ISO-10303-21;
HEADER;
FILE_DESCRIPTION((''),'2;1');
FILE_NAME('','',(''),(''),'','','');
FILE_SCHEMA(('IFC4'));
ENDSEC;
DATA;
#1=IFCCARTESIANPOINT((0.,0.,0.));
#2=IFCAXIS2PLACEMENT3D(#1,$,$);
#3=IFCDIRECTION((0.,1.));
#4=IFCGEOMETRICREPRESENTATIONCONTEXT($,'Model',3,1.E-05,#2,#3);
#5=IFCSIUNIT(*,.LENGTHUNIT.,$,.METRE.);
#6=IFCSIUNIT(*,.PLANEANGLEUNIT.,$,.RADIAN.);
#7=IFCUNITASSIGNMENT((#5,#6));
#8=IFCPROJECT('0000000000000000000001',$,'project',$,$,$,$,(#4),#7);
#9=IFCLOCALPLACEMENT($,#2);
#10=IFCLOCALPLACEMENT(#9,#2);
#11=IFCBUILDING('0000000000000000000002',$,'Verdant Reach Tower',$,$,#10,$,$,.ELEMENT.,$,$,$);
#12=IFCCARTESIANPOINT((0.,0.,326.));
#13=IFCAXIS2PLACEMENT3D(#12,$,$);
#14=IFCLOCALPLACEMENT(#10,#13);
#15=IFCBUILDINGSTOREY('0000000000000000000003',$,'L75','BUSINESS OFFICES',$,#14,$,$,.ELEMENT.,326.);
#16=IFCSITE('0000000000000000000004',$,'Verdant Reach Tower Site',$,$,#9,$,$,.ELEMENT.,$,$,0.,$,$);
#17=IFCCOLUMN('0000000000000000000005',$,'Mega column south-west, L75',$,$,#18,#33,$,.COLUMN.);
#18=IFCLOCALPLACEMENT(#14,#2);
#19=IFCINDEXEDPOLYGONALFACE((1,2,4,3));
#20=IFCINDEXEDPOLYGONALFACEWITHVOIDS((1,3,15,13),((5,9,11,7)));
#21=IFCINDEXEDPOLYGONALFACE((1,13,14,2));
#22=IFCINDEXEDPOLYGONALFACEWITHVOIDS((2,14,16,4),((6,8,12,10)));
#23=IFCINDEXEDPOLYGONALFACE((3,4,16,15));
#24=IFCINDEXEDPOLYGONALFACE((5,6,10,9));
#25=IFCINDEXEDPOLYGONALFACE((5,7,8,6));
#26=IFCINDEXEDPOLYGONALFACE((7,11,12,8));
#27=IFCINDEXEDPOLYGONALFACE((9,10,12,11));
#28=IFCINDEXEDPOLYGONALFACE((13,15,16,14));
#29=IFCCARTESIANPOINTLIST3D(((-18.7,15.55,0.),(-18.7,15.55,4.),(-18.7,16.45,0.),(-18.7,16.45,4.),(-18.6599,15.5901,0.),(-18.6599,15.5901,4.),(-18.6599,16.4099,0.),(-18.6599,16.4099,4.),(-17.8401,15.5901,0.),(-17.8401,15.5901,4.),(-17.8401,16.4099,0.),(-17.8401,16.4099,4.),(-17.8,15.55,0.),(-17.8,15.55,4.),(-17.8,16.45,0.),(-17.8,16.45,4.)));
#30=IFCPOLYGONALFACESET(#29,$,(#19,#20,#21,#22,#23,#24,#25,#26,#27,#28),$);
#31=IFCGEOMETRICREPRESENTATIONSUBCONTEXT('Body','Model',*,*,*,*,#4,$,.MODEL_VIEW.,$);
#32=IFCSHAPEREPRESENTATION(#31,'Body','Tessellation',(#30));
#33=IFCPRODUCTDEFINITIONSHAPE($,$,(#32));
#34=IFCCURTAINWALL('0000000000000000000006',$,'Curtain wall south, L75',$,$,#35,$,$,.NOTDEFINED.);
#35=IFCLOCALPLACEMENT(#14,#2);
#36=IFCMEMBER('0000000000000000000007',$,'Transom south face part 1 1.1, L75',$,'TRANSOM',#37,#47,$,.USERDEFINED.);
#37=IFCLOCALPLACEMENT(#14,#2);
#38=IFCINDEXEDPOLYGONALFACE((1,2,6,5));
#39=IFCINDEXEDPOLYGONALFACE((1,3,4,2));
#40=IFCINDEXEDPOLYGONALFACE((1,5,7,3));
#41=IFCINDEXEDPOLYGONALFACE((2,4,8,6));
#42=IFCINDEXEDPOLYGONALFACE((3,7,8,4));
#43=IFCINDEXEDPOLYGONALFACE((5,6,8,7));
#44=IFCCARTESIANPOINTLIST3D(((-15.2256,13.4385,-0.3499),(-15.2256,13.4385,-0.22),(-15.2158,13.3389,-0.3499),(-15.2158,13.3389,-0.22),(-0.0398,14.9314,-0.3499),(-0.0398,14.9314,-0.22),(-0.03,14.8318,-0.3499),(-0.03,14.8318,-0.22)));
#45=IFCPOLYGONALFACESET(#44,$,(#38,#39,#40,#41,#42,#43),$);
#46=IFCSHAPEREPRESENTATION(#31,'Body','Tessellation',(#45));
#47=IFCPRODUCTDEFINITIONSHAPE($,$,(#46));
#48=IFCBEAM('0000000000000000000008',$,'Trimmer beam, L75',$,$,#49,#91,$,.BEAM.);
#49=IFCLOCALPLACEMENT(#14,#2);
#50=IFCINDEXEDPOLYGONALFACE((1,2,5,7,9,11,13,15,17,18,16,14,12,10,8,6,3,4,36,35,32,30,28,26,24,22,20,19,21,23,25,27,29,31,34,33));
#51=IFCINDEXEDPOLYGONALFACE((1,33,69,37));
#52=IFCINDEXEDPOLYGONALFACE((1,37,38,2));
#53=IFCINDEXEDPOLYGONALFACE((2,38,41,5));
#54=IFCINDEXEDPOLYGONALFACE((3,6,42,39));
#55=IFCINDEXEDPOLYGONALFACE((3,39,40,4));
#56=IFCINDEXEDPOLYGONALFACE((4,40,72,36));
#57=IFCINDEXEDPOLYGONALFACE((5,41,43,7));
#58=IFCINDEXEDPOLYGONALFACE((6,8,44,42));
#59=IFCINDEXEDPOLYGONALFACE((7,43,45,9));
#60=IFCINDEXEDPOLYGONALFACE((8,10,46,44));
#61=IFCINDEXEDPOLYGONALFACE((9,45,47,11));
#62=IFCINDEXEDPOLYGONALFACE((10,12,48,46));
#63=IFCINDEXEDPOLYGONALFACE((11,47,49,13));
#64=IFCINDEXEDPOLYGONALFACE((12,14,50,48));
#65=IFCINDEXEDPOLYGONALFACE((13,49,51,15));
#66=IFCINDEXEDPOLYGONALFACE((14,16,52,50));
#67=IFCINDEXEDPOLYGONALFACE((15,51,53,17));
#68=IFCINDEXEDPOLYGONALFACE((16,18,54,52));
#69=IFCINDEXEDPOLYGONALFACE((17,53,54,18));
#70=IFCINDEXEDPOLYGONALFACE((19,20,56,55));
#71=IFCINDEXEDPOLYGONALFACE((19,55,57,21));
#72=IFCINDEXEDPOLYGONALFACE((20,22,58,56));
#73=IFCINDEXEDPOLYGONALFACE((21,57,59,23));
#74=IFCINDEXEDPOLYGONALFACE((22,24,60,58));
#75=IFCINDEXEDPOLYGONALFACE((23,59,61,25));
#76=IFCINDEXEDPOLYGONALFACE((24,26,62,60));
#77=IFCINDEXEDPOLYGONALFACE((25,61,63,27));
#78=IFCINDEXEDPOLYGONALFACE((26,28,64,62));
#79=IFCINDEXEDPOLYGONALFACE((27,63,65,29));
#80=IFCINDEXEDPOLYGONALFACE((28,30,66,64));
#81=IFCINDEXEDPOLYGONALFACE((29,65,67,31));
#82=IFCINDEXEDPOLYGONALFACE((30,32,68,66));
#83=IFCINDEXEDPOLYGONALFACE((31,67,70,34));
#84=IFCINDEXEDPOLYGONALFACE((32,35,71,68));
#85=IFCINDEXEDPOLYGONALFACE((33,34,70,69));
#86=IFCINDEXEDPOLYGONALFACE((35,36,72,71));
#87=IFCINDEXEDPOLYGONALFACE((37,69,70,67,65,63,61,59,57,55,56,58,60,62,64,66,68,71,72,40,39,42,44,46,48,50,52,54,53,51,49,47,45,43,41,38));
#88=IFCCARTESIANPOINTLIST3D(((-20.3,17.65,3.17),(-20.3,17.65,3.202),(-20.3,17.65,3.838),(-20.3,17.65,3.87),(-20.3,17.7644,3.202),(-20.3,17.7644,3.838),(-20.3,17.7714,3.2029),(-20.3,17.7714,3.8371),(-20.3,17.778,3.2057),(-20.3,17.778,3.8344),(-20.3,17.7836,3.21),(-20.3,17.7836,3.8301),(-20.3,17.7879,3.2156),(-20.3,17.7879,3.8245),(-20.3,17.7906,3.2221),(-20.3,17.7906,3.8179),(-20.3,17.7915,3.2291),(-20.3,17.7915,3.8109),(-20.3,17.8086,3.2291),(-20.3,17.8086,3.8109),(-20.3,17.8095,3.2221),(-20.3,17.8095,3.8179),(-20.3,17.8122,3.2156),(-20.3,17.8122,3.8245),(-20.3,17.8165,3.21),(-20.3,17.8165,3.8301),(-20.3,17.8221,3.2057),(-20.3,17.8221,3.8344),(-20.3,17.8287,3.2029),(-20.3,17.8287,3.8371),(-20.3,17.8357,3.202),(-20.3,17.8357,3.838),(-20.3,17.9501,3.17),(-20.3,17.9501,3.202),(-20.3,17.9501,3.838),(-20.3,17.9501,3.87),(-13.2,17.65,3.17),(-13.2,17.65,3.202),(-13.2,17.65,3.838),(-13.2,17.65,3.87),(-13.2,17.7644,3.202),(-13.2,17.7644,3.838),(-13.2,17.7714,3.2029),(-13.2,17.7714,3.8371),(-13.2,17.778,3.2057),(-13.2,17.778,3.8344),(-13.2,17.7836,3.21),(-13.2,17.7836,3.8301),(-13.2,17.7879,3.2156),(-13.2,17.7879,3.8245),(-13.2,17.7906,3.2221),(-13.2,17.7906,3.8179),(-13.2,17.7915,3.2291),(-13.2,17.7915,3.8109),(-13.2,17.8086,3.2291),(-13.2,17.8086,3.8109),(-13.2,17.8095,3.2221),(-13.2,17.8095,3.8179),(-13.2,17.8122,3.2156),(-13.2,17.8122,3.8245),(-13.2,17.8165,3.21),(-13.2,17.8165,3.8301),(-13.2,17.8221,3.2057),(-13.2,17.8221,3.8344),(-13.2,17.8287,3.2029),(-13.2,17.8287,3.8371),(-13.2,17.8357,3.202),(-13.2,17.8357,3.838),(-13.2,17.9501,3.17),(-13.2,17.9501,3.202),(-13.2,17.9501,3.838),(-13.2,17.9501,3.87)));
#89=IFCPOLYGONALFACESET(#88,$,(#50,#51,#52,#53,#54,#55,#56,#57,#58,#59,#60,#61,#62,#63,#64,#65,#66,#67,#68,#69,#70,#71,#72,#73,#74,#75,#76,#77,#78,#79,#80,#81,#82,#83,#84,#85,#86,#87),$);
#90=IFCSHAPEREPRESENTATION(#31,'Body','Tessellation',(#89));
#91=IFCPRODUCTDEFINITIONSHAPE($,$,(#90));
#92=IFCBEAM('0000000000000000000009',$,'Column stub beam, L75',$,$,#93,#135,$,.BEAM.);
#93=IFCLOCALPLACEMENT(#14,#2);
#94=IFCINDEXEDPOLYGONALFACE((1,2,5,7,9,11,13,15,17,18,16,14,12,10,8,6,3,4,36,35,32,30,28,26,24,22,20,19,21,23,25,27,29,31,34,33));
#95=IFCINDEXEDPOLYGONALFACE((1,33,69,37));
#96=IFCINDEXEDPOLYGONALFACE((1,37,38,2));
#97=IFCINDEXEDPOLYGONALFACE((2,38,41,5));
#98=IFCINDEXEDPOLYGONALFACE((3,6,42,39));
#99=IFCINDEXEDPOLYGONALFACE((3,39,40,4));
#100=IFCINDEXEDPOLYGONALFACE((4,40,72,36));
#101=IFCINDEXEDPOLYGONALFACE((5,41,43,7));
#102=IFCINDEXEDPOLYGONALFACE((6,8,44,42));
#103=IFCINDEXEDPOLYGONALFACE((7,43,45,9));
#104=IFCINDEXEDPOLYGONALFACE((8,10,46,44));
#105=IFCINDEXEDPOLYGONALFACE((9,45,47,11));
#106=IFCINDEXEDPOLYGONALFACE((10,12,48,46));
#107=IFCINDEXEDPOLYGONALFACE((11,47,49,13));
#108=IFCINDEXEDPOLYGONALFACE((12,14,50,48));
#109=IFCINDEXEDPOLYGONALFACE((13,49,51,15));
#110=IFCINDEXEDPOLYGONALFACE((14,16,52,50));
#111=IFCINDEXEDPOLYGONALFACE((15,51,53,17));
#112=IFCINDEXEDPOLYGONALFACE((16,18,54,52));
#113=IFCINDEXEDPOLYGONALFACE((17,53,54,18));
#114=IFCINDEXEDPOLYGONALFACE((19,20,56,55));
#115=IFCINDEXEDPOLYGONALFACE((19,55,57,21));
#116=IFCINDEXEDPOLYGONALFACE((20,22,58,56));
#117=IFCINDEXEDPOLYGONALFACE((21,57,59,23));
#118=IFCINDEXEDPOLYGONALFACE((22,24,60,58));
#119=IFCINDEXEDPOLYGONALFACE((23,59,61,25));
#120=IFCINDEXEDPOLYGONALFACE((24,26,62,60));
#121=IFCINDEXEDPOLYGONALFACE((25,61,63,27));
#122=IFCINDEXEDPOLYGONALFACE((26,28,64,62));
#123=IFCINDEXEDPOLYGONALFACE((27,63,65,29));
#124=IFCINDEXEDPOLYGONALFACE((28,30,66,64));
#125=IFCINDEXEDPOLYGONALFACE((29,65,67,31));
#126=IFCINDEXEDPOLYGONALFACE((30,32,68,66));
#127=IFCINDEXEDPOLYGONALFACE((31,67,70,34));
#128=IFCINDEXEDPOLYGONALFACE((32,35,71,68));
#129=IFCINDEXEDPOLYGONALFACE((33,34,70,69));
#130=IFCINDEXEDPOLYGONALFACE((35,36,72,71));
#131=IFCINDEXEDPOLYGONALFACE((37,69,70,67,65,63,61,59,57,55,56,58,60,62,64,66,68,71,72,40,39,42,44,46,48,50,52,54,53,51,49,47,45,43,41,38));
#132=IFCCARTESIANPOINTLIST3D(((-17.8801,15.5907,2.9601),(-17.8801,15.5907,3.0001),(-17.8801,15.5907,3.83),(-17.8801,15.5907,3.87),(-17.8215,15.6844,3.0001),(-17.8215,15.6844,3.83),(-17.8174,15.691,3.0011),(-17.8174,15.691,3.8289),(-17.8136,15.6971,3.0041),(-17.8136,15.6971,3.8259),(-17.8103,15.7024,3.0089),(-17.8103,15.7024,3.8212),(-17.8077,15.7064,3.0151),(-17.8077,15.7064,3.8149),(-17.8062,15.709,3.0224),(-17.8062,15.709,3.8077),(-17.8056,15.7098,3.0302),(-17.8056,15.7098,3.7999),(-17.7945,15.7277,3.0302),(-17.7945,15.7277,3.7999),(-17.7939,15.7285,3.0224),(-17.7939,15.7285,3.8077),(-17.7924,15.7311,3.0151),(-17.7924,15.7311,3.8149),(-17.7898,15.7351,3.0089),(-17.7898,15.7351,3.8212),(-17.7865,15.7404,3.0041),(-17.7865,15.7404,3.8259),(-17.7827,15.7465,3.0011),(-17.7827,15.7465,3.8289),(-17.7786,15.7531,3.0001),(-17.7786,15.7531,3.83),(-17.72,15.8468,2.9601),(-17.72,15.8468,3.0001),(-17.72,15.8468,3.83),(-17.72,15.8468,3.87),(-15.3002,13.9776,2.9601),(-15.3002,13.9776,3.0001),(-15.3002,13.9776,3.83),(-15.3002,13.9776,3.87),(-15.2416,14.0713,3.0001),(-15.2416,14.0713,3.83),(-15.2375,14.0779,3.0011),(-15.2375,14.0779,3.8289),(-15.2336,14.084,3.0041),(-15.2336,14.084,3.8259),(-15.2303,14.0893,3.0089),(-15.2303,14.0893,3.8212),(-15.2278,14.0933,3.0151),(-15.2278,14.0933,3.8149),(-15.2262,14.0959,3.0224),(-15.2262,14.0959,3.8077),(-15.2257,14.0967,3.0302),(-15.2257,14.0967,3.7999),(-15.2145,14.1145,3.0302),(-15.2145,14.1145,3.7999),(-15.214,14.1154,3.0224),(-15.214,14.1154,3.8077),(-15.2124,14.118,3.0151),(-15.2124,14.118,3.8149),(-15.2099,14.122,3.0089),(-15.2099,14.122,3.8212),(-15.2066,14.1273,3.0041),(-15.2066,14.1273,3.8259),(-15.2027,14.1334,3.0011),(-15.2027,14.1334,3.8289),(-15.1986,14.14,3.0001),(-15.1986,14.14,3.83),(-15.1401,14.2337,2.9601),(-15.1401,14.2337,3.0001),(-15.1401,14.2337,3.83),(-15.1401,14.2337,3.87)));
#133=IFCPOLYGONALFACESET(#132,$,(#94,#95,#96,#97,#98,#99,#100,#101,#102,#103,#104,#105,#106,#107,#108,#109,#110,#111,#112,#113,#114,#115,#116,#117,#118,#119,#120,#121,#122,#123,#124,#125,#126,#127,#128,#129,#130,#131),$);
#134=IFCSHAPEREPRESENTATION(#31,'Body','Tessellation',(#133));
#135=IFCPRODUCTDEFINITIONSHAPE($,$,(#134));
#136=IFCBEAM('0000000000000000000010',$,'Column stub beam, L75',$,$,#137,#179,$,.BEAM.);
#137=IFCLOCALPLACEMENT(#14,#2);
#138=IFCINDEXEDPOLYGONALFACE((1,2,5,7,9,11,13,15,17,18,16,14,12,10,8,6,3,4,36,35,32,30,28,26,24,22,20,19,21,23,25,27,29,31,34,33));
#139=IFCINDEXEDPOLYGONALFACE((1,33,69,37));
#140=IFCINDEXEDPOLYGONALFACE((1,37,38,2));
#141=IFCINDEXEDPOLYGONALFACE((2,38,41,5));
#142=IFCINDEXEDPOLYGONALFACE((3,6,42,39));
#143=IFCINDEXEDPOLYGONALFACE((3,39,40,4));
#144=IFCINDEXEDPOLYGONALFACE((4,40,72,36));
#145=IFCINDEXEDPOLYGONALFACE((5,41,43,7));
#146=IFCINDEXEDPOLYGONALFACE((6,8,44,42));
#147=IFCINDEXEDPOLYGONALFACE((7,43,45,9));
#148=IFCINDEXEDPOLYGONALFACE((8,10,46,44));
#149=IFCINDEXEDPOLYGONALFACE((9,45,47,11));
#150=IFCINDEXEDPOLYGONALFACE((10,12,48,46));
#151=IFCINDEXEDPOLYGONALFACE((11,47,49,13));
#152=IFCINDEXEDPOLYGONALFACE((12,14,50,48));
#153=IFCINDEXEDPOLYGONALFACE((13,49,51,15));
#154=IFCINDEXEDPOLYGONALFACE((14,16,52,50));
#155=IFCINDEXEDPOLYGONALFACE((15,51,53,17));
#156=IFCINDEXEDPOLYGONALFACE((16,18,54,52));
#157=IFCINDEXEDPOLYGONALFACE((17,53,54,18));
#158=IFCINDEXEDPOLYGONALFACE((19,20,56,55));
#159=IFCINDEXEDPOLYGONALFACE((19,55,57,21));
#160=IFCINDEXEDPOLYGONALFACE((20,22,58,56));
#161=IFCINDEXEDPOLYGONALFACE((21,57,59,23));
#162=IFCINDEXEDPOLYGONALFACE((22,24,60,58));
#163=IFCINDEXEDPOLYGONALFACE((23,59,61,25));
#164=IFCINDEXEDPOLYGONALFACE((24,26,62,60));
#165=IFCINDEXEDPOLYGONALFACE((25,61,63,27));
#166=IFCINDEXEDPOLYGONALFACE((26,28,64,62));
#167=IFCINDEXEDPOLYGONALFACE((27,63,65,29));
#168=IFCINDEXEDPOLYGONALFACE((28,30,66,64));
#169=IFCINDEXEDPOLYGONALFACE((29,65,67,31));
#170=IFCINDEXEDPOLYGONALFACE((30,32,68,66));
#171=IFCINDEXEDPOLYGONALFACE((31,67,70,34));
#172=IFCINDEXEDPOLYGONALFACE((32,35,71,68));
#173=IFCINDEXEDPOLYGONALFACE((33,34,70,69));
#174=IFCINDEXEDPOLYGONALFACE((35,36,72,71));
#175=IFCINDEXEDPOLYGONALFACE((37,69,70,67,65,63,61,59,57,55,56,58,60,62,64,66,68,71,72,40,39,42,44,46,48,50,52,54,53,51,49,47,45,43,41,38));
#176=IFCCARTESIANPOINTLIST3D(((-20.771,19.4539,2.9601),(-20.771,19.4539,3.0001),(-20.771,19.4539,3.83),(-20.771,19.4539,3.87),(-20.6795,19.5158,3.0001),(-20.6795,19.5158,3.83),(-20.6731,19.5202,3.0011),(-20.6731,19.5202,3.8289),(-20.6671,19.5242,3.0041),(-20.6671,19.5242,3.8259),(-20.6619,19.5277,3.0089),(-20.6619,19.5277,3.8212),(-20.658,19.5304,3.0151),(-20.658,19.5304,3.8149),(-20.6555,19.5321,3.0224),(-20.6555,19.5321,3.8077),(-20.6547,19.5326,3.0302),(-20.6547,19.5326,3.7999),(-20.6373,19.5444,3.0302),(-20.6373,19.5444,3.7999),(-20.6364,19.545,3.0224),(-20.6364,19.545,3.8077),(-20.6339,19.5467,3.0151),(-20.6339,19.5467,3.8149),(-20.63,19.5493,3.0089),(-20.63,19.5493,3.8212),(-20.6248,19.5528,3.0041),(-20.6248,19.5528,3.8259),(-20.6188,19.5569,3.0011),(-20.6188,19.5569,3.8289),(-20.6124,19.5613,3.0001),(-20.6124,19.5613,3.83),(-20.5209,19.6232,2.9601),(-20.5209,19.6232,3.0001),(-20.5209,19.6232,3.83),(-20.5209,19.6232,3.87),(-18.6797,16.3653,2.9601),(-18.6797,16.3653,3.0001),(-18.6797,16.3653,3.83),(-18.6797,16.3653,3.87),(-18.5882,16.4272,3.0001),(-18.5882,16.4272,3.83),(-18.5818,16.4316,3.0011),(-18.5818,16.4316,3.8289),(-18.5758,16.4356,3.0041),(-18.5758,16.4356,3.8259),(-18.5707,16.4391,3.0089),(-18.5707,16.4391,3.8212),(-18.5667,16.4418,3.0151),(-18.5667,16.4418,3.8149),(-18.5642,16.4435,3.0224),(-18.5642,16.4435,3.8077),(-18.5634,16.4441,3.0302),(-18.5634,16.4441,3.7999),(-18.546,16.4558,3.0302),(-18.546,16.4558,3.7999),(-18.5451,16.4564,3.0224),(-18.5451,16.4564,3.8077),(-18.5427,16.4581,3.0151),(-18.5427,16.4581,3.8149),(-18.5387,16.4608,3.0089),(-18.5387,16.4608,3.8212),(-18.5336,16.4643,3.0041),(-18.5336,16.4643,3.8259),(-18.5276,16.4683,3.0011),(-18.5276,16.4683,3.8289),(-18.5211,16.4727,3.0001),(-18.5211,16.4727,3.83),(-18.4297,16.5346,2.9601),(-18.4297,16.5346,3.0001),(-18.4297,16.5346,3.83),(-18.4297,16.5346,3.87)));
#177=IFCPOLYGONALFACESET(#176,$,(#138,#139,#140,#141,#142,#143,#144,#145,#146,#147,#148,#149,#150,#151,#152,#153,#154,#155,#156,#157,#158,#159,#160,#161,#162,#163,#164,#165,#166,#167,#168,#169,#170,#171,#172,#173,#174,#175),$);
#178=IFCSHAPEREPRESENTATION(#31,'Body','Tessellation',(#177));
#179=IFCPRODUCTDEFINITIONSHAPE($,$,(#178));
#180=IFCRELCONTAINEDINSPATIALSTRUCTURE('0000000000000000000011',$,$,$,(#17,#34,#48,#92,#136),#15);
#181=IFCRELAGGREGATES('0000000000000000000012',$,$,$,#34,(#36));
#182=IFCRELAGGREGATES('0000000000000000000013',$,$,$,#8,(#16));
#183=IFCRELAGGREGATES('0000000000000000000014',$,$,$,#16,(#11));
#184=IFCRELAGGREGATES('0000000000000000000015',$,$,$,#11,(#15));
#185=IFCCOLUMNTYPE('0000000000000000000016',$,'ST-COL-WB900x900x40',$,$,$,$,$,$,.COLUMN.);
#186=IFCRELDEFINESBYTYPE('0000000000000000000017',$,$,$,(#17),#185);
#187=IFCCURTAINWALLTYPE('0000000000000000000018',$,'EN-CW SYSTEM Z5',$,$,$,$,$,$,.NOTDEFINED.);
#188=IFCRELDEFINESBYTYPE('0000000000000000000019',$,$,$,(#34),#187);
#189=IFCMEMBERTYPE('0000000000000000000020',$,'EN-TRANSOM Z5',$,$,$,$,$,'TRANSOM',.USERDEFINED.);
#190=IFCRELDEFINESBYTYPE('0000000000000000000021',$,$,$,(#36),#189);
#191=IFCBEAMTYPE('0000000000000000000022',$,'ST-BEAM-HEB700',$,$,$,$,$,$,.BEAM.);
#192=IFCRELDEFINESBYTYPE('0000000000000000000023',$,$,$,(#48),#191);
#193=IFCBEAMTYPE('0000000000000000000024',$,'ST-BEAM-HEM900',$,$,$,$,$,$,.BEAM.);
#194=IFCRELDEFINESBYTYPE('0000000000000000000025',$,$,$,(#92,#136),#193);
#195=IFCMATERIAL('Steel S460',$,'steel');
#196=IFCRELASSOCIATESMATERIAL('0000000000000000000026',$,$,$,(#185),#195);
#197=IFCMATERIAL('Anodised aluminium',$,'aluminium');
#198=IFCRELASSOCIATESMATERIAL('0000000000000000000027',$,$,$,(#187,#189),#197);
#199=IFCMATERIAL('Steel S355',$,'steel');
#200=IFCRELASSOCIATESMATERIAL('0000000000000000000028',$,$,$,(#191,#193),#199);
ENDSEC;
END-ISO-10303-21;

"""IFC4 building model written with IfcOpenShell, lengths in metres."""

from ifc_helpers import new_model, si_unit, direction, frame, origin, origin_2d, place, context, subcontext, project, spatial, rectangle, hollow_rectangle, i_section, extrude, material, material_profile, profile_set, type_object, element, aggregate, save


model = new_model("IFC4")

# Units and contexts
model_context = context("Model", 3, precision=1e-05, world=origin(), true_north=direction((0.0, 1.0)))
body_context = subcontext(model_context, "Body", "Model", "MODEL_VIEW")
ifc_project = project(units=[si_unit("LENGTHUNIT", "METRE"), si_unit("PLANEANGLEUNIT", "RADIAN")], contexts=[model_context])

# Site, building, storey
site_placement = place(None, origin())
site = spatial("IfcSite", under=ifc_project, at=site_placement, Name="Verdant Reach Tower Site", CompositionType="ELEMENT", RefElevation=0.0)
building_placement = place(site_placement, origin())
building = spatial("IfcBuilding", under=site, at=building_placement, Name="Verdant Reach Tower", CompositionType="ELEMENT")
storey_placement = place(building_placement, frame((0.0, 0.0, 326.0)))
storey = spatial("IfcBuildingStorey", under=building, at=storey_placement, Name="L75", Description="BUSINESS OFFICES", CompositionType="ELEMENT", Elevation=326.0)

# Column
ifc_material_1 = material(Name="Steel S460", Category="steel")
ifc_material_profile_1 = material_profile(ifc_material_1, hollow_rectangle(XDim=0.8999, YDim=0.8999, WallThickness=0.04, at=origin_2d()), Name="WB 900x900x40")
ifc_profile_set_1 = profile_set([ifc_material_profile_1], Name="Steel S460")
column_type = type_object("IfcColumnType", Name="ST-COL-WB900x900x40", PredefinedType="COLUMN", material=ifc_profile_set_1)
column_placement = place(storey_placement, frame((-18.25, 16.0, 0.0), z_axis=(0.0, 0.0, 1.0), x_axis=(1.0, 0.0, 0.0)))
element("IfcColumn", 1, at=column_placement, inside=storey, type_object=column_type, Name="Mega column south-west, L75", PredefinedType="COLUMN", context=body_context, shape_type="SweptSolid", body=[
    extrude(hollow_rectangle(XDim=0.8999, YDim=0.8999, WallThickness=0.04, at=origin_2d()), origin(), (0.0, 0.0, 1.0), 4.0),
])

# Curtain wall, member
ifc_material_2 = material(Name="Anodised aluminium", Category="aluminium")
curtain_wall_type = type_object("IfcCurtainWallType", Name="EN-CW SYSTEM Z5", PredefinedType="NOTDEFINED", material=ifc_material_2)
curtain_wall_1_placement = place(storey_placement, origin())
curtain_wall_1 = element("IfcCurtainWall", 2, at=curtain_wall_1_placement, inside=storey, type_object=curtain_wall_type, Name="Curtain wall south, L75", PredefinedType="NOTDEFINED")
ifc_material_profile_2 = material_profile(ifc_material_2, rectangle(XDim=0.1001, YDim=0.1299, at=origin_2d()), Name="Transom 130x100")
ifc_profile_set_2 = profile_set([ifc_material_profile_2], Name="Anodised aluminium")
member_type = type_object("IfcMemberType", Name="EN-TRANSOM Z5", ElementType="TRANSOM", PredefinedType="USERDEFINED", material=ifc_profile_set_2)
member_placement = place(storey_placement, frame((-15.2207, 13.3887, -0.2849), z_axis=(0.995202, 0.097839, 0.0), x_axis=(-0.097839, 0.995202, 0.0)))
member = element("IfcMember", 3, at=member_placement, type_object=member_type, Name="Transom south face part 1 1.1, L75", ObjectType="TRANSOM", PredefinedType="USERDEFINED", context=body_context, shape_type="SweptSolid", body=[
    extrude(rectangle(XDim=0.1001, YDim=0.1299, at=origin_2d()), origin(), (0.0, 0.0, 1.0), 15.259),
])

# Beams
ifc_material_3 = material(Name="Steel S355", Category="steel")
ifc_material_profile_3 = material_profile(ifc_material_3, i_section(OverallWidth=0.3, OverallDepth=0.7, WebThickness=0.0171, FlangeThickness=0.032, FilletRadius=0.0271, at=origin_2d()), Name="HEB 700")
ifc_profile_set_3 = profile_set([ifc_material_profile_3], Name="Steel S355")
beam_type_1 = type_object("IfcBeamType", Name="ST-BEAM-HEB700", PredefinedType="BEAM", material=ifc_profile_set_3)
beam_1_placement = place(storey_placement, frame((-13.2, 17.8, 3.52), z_axis=(-1.0, 0.0, 0.0), x_axis=(0.0, -1.0, 0.0)))
element("IfcBeam", 4, at=beam_1_placement, inside=storey, type_object=beam_type_1, Name="Trimmer beam, L75", PredefinedType="BEAM", context=body_context, shape_type="SweptSolid", body=[
    extrude(i_section(OverallWidth=0.3, OverallDepth=0.7, WebThickness=0.0171, FlangeThickness=0.032, FilletRadius=0.0271, at=origin_2d()), origin(), (0.0, 0.0, 1.0), 7.1001),
])
ifc_material_profile_4 = material_profile(ifc_material_3, i_section(OverallWidth=0.302, OverallDepth=0.9099, WebThickness=0.021, FlangeThickness=0.04, FilletRadius=0.03, at=origin_2d()), Name="HEM 900")
ifc_profile_set_4 = profile_set([ifc_material_profile_4], Name="Steel S355")
beam_type_2 = type_object("IfcBeamType", Name="ST-BEAM-HEM900", PredefinedType="BEAM", material=ifc_profile_set_4)
beam_2_placement = place(storey_placement, frame((-17.8, 15.7188, 3.415), z_axis=(0.847904, -0.53015, 0.0), x_axis=(0.53015, 0.847904, 0.0)))
element("IfcBeam", 5, at=beam_2_placement, inside=storey, type_object=beam_type_2, Name="Column stub beam, L75", PredefinedType="BEAM", context=body_context, shape_type="SweptSolid", body=[
    extrude(i_section(OverallWidth=0.302, OverallDepth=0.9099, WebThickness=0.021, FlangeThickness=0.04, FilletRadius=0.03, at=origin_2d()), origin(), (0.0, 0.0, 1.0), 3.0427),
])
beam_3_placement = place(storey_placement, frame((-18.5547, 16.45, 3.415), z_axis=(-0.560667, 0.828041, 0.0), x_axis=(-0.828041, -0.560667, 0.0)))
element("IfcBeam", 6, at=beam_3_placement, inside=storey, type_object=beam_type_2, Name="Column stub beam, L75", PredefinedType="BEAM", context=body_context, shape_type="SweptSolid", body=[
    extrude(i_section(OverallWidth=0.302, OverallDepth=0.9099, WebThickness=0.021, FlangeThickness=0.04, FilletRadius=0.03, at=origin_2d()), origin(), (0.0, 0.0, 1.0), 3.73),
])

aggregate(curtain_wall_1, [member])

save(model, "model.ifc")
